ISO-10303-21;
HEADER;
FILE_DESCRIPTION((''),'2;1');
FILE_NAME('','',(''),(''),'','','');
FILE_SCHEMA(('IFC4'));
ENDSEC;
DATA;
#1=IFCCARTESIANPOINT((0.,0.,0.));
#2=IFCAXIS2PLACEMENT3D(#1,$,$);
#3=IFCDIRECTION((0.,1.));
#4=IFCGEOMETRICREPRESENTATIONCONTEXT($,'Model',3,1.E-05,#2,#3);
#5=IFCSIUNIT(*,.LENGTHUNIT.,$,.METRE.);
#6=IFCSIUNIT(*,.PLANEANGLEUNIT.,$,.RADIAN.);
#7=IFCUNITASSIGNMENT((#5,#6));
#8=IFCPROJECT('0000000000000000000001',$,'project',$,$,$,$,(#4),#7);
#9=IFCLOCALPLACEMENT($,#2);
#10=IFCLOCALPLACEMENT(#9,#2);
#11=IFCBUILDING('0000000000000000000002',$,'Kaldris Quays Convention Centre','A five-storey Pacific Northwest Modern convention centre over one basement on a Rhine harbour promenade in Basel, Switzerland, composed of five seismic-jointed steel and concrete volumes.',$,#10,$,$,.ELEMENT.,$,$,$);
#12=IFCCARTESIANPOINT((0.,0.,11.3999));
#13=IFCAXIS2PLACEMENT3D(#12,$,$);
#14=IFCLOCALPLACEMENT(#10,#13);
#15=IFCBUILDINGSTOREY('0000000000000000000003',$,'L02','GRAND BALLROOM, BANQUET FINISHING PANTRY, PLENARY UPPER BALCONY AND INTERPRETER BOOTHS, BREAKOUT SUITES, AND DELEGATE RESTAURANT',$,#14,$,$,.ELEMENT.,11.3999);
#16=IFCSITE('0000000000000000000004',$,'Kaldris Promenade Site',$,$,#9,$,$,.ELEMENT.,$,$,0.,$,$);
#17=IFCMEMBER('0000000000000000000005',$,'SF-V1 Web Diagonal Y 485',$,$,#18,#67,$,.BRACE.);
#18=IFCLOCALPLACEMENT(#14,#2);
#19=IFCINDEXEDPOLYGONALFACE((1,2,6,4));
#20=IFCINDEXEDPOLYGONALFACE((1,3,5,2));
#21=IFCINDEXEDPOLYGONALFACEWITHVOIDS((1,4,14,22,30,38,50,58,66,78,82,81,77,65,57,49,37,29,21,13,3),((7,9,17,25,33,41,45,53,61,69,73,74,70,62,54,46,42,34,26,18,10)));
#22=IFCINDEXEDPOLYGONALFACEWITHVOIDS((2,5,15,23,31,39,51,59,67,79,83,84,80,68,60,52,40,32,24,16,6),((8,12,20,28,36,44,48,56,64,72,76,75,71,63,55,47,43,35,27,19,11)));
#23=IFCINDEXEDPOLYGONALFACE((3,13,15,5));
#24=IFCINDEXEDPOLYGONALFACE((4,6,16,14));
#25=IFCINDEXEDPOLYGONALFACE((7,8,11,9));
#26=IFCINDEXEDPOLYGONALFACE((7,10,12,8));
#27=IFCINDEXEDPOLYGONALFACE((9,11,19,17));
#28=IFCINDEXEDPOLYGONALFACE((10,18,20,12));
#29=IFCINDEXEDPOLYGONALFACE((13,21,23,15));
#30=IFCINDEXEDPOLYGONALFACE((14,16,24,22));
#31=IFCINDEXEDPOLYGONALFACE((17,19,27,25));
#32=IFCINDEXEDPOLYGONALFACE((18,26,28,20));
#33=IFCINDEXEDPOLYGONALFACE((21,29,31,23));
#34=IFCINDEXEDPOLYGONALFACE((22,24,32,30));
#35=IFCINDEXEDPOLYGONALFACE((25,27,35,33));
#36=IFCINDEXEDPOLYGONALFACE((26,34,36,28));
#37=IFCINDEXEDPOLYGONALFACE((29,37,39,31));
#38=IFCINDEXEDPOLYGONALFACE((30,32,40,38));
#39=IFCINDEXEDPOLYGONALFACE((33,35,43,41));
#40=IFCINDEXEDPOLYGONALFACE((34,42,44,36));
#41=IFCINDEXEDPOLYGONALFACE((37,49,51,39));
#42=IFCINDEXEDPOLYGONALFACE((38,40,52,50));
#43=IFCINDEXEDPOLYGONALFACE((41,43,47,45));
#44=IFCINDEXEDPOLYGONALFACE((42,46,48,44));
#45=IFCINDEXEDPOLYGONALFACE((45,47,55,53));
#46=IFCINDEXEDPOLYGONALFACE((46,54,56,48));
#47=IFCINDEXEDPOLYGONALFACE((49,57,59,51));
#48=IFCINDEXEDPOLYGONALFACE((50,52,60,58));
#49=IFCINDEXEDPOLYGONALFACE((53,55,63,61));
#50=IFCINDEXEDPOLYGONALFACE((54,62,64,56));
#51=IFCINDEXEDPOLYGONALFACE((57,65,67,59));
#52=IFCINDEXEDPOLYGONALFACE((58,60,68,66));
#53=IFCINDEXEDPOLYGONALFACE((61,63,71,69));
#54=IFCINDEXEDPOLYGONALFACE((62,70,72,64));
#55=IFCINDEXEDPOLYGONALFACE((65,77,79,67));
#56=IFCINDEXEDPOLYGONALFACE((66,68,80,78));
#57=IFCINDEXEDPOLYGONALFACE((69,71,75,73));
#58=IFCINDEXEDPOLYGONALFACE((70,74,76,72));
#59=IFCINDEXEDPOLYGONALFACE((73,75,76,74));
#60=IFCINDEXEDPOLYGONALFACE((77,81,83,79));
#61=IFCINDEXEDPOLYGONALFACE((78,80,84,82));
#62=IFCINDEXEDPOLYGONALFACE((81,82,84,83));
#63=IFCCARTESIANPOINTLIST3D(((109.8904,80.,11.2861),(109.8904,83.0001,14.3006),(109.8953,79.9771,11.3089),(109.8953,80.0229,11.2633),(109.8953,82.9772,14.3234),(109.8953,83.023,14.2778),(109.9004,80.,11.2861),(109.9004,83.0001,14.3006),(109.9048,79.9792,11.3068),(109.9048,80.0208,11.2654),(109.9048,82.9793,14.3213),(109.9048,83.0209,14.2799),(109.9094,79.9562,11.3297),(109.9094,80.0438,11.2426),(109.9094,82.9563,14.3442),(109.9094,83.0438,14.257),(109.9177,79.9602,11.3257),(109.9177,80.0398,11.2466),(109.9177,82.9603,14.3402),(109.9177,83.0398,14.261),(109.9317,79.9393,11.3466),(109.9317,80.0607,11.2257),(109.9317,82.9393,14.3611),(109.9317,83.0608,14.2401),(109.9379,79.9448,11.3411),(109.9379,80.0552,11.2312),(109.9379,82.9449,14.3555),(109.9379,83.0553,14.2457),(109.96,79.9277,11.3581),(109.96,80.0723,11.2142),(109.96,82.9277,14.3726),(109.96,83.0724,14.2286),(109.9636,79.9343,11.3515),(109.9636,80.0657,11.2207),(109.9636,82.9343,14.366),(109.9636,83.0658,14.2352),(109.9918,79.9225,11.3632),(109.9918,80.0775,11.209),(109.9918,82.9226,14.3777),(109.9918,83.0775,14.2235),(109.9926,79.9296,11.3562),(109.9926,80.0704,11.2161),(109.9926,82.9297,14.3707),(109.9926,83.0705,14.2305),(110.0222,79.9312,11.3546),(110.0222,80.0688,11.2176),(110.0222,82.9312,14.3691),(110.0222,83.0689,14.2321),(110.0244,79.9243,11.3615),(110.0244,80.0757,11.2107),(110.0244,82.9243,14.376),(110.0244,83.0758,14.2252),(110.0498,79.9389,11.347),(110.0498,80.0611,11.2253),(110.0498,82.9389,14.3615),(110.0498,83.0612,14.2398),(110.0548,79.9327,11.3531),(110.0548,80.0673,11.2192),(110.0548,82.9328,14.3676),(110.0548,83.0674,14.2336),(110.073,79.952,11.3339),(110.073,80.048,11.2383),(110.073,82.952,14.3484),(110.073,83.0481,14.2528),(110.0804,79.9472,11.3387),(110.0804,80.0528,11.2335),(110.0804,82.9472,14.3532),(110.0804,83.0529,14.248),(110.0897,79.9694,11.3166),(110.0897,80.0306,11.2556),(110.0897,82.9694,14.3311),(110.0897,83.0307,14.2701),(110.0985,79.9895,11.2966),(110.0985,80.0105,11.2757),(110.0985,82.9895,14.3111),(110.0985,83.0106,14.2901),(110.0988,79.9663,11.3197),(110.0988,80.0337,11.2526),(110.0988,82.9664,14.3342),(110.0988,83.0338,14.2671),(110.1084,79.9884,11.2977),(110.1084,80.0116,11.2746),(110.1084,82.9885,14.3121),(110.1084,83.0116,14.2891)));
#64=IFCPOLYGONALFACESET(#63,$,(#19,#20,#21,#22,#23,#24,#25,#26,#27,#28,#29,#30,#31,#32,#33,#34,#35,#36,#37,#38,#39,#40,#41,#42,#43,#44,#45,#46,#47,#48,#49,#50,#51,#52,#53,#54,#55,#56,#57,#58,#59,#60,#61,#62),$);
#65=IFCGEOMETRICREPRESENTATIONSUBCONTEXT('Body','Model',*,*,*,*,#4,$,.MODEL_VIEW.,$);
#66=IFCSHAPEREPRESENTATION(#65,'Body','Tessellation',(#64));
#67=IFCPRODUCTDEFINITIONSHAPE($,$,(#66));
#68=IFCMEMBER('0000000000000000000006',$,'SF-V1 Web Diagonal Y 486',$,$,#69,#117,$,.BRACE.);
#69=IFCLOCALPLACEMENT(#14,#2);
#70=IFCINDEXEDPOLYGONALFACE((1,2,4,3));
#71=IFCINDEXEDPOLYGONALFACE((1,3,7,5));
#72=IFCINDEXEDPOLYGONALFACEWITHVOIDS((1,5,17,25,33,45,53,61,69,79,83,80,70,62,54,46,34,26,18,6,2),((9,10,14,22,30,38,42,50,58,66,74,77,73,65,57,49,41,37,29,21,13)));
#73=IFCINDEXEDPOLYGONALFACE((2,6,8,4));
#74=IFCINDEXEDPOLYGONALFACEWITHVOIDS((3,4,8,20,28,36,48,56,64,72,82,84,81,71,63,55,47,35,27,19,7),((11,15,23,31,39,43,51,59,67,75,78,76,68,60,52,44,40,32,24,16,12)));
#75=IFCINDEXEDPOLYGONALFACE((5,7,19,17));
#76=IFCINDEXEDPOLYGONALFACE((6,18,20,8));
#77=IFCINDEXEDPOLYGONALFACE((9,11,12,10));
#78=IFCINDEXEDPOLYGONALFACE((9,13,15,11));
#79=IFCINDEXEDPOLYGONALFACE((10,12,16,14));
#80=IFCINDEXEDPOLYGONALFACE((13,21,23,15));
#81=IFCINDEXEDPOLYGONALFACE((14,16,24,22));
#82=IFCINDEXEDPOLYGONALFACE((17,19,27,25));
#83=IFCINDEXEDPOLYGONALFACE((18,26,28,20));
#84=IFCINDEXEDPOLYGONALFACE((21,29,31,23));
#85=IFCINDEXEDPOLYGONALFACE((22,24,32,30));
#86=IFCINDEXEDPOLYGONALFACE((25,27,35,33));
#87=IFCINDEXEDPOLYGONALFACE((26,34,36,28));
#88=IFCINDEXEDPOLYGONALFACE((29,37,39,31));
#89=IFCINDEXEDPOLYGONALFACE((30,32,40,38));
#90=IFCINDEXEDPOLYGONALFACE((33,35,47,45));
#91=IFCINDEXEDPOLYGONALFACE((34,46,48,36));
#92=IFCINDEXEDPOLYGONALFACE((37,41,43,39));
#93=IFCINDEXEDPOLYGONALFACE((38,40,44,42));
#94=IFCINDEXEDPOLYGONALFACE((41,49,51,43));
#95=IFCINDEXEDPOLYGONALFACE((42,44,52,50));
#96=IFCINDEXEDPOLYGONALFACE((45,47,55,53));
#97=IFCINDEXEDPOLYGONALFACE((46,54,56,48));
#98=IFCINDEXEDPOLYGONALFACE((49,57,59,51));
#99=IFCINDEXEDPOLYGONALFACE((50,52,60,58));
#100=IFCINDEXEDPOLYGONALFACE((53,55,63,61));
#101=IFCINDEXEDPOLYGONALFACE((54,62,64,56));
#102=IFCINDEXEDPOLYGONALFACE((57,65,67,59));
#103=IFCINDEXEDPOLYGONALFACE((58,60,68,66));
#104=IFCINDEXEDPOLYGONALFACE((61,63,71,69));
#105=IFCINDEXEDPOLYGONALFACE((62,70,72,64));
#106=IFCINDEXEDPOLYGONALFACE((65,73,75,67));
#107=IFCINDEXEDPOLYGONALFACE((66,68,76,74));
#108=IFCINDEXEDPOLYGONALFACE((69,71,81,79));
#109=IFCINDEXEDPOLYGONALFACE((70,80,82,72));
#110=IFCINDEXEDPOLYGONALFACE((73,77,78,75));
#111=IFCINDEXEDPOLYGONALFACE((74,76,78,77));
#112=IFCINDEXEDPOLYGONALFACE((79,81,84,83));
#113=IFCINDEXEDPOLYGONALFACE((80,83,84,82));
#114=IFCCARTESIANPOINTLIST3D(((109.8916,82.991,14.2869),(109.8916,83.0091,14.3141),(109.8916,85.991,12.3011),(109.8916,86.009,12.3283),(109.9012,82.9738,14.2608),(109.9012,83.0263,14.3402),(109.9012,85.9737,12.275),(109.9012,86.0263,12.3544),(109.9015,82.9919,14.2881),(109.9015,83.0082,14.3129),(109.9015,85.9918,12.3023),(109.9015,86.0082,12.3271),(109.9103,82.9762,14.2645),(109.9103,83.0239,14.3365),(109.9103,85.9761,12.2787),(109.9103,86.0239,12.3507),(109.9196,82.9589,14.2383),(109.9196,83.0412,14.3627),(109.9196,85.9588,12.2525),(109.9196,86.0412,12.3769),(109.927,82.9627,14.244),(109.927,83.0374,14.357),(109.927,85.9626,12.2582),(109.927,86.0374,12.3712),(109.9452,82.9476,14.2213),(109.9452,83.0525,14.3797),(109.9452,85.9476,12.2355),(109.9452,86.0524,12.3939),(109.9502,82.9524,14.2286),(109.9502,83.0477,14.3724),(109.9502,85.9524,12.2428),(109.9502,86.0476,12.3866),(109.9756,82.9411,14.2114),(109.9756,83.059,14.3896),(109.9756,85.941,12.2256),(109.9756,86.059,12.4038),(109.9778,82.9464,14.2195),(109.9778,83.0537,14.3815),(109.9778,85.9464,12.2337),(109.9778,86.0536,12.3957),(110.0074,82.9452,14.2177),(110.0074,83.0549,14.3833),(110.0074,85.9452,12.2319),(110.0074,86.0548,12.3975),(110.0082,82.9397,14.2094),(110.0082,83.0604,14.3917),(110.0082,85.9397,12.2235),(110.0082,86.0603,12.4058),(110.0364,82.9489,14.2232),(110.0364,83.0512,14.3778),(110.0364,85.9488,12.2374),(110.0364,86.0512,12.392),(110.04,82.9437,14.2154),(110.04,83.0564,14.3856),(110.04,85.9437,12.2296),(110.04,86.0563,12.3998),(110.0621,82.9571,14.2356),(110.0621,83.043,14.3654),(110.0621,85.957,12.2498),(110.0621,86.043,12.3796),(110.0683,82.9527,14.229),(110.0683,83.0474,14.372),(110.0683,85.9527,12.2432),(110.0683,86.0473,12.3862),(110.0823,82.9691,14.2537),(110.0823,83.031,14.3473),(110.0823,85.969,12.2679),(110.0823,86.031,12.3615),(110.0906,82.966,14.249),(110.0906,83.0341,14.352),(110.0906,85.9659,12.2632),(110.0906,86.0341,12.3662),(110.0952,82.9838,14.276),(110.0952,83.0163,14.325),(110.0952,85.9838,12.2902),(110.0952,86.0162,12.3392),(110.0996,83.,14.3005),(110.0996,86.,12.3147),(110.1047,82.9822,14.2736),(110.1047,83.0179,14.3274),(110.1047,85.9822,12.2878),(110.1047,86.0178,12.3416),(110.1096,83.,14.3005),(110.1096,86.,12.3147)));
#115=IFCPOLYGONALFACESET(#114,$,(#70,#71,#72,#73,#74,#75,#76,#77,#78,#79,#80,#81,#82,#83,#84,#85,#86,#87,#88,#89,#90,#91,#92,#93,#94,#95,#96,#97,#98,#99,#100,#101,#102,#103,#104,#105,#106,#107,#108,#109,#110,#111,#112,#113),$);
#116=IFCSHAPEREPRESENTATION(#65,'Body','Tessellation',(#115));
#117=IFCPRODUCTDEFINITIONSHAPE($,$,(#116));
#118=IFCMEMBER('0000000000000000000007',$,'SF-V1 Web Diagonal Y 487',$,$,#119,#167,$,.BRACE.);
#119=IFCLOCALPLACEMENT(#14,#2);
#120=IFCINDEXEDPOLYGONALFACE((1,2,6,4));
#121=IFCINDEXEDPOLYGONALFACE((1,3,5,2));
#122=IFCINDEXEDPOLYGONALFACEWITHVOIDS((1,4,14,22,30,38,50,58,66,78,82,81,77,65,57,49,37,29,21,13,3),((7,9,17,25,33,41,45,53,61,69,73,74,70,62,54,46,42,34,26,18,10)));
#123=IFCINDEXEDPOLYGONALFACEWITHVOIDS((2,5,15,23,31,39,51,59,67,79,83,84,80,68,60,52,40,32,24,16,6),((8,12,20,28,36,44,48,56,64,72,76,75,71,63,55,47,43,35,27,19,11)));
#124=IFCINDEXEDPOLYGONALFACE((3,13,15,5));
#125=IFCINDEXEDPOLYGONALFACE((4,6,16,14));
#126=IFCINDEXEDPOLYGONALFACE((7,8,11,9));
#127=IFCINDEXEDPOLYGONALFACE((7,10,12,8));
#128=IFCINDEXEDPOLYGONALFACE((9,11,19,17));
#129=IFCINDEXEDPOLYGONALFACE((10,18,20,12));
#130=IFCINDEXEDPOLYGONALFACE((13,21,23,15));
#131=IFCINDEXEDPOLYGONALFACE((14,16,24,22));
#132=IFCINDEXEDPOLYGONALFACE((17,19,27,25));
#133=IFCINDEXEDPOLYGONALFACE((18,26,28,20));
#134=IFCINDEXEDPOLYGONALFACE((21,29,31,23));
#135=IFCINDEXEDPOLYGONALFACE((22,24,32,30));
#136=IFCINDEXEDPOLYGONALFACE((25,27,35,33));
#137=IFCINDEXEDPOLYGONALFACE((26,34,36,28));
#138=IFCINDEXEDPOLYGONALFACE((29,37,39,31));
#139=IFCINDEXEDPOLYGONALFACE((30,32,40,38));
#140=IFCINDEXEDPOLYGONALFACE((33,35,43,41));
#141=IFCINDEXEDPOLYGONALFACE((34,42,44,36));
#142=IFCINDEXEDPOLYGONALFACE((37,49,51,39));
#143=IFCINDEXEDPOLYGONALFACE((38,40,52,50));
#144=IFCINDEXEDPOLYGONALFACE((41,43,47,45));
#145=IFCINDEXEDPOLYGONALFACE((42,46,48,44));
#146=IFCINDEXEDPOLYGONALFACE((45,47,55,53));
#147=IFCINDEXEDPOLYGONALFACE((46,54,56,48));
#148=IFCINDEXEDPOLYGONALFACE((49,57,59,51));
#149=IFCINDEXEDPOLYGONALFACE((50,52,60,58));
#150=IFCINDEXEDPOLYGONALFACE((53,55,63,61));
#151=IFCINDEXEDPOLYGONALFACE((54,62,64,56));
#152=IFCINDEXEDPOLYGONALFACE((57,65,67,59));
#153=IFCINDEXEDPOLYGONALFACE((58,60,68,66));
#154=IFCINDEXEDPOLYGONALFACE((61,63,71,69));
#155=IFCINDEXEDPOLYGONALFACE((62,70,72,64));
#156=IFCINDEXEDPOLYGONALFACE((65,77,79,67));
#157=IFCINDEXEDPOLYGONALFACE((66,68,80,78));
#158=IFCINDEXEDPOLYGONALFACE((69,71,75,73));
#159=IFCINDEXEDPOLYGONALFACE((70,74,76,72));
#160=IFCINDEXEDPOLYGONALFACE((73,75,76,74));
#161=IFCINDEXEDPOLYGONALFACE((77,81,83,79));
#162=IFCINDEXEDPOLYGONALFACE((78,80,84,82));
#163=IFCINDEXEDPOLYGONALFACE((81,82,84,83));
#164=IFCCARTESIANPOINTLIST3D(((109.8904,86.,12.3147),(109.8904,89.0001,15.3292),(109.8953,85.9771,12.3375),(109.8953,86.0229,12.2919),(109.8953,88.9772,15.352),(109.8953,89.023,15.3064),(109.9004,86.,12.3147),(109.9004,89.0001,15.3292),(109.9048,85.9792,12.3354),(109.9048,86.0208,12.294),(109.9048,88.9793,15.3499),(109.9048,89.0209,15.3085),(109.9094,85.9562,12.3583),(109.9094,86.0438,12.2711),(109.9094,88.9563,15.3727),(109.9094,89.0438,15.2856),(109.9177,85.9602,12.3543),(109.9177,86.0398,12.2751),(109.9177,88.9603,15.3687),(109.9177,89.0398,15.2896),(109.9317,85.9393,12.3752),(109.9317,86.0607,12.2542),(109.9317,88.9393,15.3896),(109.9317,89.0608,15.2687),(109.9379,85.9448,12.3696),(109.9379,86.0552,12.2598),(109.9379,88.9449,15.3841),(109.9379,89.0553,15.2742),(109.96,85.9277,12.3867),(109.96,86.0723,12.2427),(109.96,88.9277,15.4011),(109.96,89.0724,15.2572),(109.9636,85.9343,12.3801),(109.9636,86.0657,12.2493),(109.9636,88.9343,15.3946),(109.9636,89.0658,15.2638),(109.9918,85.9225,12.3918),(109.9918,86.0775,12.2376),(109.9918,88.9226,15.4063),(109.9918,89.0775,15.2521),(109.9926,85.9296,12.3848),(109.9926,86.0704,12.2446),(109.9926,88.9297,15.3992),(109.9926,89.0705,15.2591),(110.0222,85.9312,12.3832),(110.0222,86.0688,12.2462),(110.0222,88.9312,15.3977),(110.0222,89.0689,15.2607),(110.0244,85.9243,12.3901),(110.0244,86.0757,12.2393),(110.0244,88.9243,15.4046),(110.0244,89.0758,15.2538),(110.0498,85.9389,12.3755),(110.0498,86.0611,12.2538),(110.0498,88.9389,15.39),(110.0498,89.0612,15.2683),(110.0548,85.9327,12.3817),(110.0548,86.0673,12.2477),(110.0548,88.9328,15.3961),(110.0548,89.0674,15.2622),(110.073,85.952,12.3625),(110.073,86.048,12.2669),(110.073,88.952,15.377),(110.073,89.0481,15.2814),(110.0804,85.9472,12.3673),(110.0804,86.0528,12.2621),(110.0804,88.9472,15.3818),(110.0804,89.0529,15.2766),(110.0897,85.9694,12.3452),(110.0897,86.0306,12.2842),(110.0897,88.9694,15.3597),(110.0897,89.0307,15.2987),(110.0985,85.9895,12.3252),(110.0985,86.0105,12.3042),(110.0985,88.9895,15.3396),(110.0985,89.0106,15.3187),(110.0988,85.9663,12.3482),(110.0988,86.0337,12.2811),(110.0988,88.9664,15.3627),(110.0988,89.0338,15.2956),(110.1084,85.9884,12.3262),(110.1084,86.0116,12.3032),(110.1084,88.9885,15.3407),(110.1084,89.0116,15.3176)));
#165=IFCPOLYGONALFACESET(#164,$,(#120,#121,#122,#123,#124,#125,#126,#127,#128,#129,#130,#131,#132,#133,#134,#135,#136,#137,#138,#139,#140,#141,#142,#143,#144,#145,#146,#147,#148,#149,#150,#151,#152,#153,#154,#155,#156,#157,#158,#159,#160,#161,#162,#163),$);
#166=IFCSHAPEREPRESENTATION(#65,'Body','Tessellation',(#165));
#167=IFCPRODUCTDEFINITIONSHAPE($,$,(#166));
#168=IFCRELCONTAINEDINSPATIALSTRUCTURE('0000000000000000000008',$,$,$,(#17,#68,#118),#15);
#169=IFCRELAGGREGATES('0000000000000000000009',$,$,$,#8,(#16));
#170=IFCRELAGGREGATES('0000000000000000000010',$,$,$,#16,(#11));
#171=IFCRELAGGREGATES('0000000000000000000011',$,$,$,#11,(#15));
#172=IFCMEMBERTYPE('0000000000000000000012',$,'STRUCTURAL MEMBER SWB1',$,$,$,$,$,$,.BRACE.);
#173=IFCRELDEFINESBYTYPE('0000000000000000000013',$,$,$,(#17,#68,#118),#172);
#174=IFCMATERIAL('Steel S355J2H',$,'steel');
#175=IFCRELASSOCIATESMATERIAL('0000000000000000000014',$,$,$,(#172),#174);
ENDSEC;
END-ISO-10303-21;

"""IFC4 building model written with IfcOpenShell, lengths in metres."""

from ifc_helpers import new_model, si_unit, direction, frame, origin, origin_2d, place, context, subcontext, project, spatial, hollow_circle, extrude, material, material_profile, profile_set, type_object, element, save


model = new_model("IFC4")

# Units and contexts
model_context = context("Model", 3, precision=1e-05, world=origin(), true_north=direction((0.0, 1.0)))
body_context = subcontext(model_context, "Body", "Model", "MODEL_VIEW")
ifc_project = project(units=[si_unit("LENGTHUNIT", "METRE"), si_unit("PLANEANGLEUNIT", "RADIAN")], contexts=[model_context])

# Site, building, storey
site_placement = place(None, origin())
site = spatial("IfcSite", under=ifc_project, at=site_placement, Name="Kaldris Promenade Site", CompositionType="ELEMENT", RefElevation=0.0)
building_placement = place(site_placement, origin())
building = spatial("IfcBuilding", under=site, at=building_placement, Name="Kaldris Quays Convention Centre", Description="A five-storey Pacific Northwest Modern convention centre over one basement on a Rhine harbour promenade in Basel, Switzerland, composed of five seismic-jointed steel and concrete volumes.", CompositionType="ELEMENT")
storey_placement = place(building_placement, frame((0.0, 0.0, 11.3999)))
storey = spatial("IfcBuildingStorey", under=building, at=storey_placement, Name="L02", Description="GRAND BALLROOM, BANQUET FINISHING PANTRY, PLENARY UPPER BALCONY AND INTERPRETER BOOTHS, BREAKOUT SUITES, AND DELEGATE RESTAURANT", CompositionType="ELEMENT", Elevation=11.3999)

# Members
ifc_material_1 = material(Name="Steel S355J2H", Category="steel")
ifc_material_profile_1 = material_profile(ifc_material_1, hollow_circle(Radius=0.1096, WallThickness=0.01, at=origin_2d()), Name="CHS 219.1x10")
ifc_profile_set_1 = profile_set([ifc_material_profile_1], Name="Steel S355J2H")
member_type_1 = type_object("IfcMemberType", Name="STRUCTURAL MEMBER SWB1", PredefinedType="BRACE", material=ifc_profile_set_1)
member_1_placement = place(storey_placement, frame((110.0, 80.0, 11.2861), z_axis=(0.0, 0.705411, 0.708798), x_axis=(-1.0, 0.0, 0.0)))
element("IfcMember", 1, at=member_1_placement, inside=storey, type_object=member_type_1, Name="SF-V1 Web Diagonal Y 485", PredefinedType="BRACE", context=body_context, shape_type="SweptSolid", body=[
    extrude(hollow_circle(Radius=0.1096, WallThickness=0.01, at=origin_2d()), origin(), (0.0, 0.0, 1.0), 4.2529),
])
member_2_placement = place(storey_placement, frame((110.0, 86.0, 12.3147), z_axis=(0.0, -0.833862, 0.551972), x_axis=(1.0, 0.0, 0.0)))
element("IfcMember", 2, at=member_2_placement, inside=storey, type_object=member_type_1, Name="SF-V1 Web Diagonal Y 486", PredefinedType="BRACE", context=body_context, shape_type="SweptSolid", body=[
    extrude(hollow_circle(Radius=0.1096, WallThickness=0.01, at=origin_2d()), origin(), (0.0, 0.0, 1.0), 3.5977),
])
member_3_placement = place(storey_placement, frame((110.0, 86.0, 12.3147), z_axis=(0.0, 0.705411, 0.708798), x_axis=(-1.0, 0.0, 0.0)))
element("IfcMember", 3, at=member_3_placement, inside=storey, type_object=member_type_1, Name="SF-V1 Web Diagonal Y 487", PredefinedType="BRACE", context=body_context, shape_type="SweptSolid", body=[
    extrude(hollow_circle(Radius=0.1096, WallThickness=0.01, at=origin_2d()), origin(), (0.0, 0.0, 1.0), 4.2529),
])

save(model, "model.ifc")
